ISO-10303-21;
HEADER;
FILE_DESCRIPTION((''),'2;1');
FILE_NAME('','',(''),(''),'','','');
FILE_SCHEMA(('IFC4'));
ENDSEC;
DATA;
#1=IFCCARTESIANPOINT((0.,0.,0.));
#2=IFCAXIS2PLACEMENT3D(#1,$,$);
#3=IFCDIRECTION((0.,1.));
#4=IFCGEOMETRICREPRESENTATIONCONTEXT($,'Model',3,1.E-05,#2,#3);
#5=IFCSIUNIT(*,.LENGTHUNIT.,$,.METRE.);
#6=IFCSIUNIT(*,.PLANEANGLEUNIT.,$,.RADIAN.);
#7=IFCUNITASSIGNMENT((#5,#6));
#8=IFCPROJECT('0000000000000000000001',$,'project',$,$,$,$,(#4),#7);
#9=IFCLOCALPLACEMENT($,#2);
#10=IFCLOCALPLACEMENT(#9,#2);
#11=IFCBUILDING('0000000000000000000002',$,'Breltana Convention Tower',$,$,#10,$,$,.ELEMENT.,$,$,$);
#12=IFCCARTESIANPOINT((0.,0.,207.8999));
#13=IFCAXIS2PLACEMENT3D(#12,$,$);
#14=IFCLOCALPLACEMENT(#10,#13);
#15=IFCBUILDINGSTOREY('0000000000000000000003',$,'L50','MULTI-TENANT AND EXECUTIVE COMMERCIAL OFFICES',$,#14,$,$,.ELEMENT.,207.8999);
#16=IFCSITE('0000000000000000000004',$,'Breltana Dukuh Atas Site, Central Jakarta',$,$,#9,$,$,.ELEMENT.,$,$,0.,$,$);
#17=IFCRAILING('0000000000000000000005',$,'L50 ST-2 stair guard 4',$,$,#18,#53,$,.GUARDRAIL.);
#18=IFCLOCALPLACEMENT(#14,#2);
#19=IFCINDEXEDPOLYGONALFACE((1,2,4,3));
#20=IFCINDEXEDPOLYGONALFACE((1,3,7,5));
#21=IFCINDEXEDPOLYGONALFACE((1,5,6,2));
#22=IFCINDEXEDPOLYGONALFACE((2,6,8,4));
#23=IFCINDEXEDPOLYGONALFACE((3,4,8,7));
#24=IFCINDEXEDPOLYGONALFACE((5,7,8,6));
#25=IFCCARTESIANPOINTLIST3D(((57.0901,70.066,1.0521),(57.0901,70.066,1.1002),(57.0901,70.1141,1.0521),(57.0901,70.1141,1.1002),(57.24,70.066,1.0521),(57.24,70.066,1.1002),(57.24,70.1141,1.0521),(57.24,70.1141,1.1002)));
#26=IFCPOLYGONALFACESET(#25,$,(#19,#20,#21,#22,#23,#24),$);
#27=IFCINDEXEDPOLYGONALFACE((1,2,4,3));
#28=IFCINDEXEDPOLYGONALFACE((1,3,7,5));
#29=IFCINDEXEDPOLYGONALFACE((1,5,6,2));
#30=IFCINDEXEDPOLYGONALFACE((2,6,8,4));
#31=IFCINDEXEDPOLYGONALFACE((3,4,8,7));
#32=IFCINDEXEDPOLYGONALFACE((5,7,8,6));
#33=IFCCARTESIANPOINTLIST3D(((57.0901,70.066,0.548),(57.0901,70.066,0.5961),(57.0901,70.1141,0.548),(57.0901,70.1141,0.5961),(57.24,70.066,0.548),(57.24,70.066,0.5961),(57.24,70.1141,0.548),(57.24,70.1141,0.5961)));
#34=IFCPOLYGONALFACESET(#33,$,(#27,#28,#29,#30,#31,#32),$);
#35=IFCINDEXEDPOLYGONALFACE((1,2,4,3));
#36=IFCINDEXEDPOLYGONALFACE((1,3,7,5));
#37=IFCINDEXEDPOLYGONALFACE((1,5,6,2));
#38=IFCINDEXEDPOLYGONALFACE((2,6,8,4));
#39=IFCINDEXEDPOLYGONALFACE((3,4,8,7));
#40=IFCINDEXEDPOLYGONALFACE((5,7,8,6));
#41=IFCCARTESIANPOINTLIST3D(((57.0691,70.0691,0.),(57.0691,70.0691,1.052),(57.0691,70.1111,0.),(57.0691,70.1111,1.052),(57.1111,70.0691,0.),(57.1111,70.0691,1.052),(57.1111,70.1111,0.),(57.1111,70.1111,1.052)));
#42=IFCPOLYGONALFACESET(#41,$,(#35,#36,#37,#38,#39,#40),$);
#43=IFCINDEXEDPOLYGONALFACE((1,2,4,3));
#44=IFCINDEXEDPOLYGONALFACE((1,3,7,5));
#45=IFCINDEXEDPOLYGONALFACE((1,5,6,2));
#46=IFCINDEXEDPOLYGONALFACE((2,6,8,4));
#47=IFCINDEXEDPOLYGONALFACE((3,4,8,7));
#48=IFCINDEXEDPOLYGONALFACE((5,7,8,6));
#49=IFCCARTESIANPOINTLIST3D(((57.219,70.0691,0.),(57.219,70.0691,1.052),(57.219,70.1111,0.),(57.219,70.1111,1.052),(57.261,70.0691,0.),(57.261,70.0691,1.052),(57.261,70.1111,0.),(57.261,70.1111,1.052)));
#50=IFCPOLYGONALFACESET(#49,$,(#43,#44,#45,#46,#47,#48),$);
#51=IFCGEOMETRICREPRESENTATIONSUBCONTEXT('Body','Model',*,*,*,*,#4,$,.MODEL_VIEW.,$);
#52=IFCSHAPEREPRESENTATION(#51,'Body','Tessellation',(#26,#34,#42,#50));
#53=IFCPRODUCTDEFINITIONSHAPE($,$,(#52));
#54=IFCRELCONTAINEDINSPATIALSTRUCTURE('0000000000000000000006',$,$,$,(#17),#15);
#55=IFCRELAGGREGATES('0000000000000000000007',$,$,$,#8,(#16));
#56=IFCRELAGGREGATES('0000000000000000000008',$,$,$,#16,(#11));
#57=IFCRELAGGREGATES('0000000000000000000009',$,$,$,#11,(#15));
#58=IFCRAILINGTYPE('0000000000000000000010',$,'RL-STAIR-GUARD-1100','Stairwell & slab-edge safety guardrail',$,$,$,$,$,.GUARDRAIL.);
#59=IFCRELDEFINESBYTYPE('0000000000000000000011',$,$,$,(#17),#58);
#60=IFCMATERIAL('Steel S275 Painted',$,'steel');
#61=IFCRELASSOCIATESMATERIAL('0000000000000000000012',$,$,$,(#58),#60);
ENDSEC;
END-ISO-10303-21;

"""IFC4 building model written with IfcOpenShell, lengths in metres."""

from ifc_helpers import new_model, si_unit, direction, frame, origin, origin_2d, place, context, subcontext, project, spatial, rectangle, extrude, material, type_object, element, save


model = new_model("IFC4")

# Units and contexts
model_context = context("Model", 3, precision=1e-05, world=origin(), true_north=direction((0.0, 1.0)))
body_context = subcontext(model_context, "Body", "Model", "MODEL_VIEW")
ifc_project = project(units=[si_unit("LENGTHUNIT", "METRE"), si_unit("PLANEANGLEUNIT", "RADIAN")], contexts=[model_context])

# Site, building, storey
site_placement = place(None, origin())
site = spatial("IfcSite", under=ifc_project, at=site_placement, Name="Breltana Dukuh Atas Site, Central Jakarta", CompositionType="ELEMENT", RefElevation=0.0)
building_placement = place(site_placement, origin())
building = spatial("IfcBuilding", under=site, at=building_placement, Name="Breltana Convention Tower", CompositionType="ELEMENT")
storey_placement = place(building_placement, frame((0.0, 0.0, 207.8999)))
storey = spatial("IfcBuildingStorey", under=building, at=storey_placement, Name="L50", Description="MULTI-TENANT AND EXECUTIVE COMMERCIAL OFFICES", CompositionType="ELEMENT", Elevation=207.8999)

# Railing
ifc_material_1 = material(Name="Steel S275 Painted", Category="steel")
railing_type = type_object("IfcRailingType", Name="RL-STAIR-GUARD-1100", Description="Stairwell & slab-edge safety guardrail", PredefinedType="GUARDRAIL", material=ifc_material_1)
railing_1_placement = place(storey_placement, frame((57.0901, 70.0901, 0.0)))
element("IfcRailing", 1, at=railing_1_placement, inside=storey, type_object=railing_type, Name="L50 ST-2 stair guard 4", PredefinedType="GUARDRAIL", context=body_context, shape_type="SweptSolid", body=[
    extrude(rectangle(XDim=0.0481, YDim=0.0481, at=origin_2d()), frame((0.0, 0.0, 1.0762), z_axis=(1.0, 0.0, 0.0), x_axis=(0.0, 1.0, 0.0)), (0.0, 0.0, 1.0), 0.1499),
    extrude(rectangle(XDim=0.0481, YDim=0.0481, at=origin_2d()), frame((0.0, 0.0, 0.572), z_axis=(1.0, 0.0, 0.0), x_axis=(0.0, 1.0, 0.0)), (0.0, 0.0, 1.0), 0.1499),
    extrude(rectangle(XDim=0.042, YDim=0.042, at=origin_2d()), origin(), (0.0, 0.0, 1.0), 1.052),
    extrude(rectangle(XDim=0.042, YDim=0.042, at=origin_2d()), frame((0.1499, 0.0, 0.0)), (0.0, 0.0, 1.0), 1.052),
])

save(model, "model.ifc")
